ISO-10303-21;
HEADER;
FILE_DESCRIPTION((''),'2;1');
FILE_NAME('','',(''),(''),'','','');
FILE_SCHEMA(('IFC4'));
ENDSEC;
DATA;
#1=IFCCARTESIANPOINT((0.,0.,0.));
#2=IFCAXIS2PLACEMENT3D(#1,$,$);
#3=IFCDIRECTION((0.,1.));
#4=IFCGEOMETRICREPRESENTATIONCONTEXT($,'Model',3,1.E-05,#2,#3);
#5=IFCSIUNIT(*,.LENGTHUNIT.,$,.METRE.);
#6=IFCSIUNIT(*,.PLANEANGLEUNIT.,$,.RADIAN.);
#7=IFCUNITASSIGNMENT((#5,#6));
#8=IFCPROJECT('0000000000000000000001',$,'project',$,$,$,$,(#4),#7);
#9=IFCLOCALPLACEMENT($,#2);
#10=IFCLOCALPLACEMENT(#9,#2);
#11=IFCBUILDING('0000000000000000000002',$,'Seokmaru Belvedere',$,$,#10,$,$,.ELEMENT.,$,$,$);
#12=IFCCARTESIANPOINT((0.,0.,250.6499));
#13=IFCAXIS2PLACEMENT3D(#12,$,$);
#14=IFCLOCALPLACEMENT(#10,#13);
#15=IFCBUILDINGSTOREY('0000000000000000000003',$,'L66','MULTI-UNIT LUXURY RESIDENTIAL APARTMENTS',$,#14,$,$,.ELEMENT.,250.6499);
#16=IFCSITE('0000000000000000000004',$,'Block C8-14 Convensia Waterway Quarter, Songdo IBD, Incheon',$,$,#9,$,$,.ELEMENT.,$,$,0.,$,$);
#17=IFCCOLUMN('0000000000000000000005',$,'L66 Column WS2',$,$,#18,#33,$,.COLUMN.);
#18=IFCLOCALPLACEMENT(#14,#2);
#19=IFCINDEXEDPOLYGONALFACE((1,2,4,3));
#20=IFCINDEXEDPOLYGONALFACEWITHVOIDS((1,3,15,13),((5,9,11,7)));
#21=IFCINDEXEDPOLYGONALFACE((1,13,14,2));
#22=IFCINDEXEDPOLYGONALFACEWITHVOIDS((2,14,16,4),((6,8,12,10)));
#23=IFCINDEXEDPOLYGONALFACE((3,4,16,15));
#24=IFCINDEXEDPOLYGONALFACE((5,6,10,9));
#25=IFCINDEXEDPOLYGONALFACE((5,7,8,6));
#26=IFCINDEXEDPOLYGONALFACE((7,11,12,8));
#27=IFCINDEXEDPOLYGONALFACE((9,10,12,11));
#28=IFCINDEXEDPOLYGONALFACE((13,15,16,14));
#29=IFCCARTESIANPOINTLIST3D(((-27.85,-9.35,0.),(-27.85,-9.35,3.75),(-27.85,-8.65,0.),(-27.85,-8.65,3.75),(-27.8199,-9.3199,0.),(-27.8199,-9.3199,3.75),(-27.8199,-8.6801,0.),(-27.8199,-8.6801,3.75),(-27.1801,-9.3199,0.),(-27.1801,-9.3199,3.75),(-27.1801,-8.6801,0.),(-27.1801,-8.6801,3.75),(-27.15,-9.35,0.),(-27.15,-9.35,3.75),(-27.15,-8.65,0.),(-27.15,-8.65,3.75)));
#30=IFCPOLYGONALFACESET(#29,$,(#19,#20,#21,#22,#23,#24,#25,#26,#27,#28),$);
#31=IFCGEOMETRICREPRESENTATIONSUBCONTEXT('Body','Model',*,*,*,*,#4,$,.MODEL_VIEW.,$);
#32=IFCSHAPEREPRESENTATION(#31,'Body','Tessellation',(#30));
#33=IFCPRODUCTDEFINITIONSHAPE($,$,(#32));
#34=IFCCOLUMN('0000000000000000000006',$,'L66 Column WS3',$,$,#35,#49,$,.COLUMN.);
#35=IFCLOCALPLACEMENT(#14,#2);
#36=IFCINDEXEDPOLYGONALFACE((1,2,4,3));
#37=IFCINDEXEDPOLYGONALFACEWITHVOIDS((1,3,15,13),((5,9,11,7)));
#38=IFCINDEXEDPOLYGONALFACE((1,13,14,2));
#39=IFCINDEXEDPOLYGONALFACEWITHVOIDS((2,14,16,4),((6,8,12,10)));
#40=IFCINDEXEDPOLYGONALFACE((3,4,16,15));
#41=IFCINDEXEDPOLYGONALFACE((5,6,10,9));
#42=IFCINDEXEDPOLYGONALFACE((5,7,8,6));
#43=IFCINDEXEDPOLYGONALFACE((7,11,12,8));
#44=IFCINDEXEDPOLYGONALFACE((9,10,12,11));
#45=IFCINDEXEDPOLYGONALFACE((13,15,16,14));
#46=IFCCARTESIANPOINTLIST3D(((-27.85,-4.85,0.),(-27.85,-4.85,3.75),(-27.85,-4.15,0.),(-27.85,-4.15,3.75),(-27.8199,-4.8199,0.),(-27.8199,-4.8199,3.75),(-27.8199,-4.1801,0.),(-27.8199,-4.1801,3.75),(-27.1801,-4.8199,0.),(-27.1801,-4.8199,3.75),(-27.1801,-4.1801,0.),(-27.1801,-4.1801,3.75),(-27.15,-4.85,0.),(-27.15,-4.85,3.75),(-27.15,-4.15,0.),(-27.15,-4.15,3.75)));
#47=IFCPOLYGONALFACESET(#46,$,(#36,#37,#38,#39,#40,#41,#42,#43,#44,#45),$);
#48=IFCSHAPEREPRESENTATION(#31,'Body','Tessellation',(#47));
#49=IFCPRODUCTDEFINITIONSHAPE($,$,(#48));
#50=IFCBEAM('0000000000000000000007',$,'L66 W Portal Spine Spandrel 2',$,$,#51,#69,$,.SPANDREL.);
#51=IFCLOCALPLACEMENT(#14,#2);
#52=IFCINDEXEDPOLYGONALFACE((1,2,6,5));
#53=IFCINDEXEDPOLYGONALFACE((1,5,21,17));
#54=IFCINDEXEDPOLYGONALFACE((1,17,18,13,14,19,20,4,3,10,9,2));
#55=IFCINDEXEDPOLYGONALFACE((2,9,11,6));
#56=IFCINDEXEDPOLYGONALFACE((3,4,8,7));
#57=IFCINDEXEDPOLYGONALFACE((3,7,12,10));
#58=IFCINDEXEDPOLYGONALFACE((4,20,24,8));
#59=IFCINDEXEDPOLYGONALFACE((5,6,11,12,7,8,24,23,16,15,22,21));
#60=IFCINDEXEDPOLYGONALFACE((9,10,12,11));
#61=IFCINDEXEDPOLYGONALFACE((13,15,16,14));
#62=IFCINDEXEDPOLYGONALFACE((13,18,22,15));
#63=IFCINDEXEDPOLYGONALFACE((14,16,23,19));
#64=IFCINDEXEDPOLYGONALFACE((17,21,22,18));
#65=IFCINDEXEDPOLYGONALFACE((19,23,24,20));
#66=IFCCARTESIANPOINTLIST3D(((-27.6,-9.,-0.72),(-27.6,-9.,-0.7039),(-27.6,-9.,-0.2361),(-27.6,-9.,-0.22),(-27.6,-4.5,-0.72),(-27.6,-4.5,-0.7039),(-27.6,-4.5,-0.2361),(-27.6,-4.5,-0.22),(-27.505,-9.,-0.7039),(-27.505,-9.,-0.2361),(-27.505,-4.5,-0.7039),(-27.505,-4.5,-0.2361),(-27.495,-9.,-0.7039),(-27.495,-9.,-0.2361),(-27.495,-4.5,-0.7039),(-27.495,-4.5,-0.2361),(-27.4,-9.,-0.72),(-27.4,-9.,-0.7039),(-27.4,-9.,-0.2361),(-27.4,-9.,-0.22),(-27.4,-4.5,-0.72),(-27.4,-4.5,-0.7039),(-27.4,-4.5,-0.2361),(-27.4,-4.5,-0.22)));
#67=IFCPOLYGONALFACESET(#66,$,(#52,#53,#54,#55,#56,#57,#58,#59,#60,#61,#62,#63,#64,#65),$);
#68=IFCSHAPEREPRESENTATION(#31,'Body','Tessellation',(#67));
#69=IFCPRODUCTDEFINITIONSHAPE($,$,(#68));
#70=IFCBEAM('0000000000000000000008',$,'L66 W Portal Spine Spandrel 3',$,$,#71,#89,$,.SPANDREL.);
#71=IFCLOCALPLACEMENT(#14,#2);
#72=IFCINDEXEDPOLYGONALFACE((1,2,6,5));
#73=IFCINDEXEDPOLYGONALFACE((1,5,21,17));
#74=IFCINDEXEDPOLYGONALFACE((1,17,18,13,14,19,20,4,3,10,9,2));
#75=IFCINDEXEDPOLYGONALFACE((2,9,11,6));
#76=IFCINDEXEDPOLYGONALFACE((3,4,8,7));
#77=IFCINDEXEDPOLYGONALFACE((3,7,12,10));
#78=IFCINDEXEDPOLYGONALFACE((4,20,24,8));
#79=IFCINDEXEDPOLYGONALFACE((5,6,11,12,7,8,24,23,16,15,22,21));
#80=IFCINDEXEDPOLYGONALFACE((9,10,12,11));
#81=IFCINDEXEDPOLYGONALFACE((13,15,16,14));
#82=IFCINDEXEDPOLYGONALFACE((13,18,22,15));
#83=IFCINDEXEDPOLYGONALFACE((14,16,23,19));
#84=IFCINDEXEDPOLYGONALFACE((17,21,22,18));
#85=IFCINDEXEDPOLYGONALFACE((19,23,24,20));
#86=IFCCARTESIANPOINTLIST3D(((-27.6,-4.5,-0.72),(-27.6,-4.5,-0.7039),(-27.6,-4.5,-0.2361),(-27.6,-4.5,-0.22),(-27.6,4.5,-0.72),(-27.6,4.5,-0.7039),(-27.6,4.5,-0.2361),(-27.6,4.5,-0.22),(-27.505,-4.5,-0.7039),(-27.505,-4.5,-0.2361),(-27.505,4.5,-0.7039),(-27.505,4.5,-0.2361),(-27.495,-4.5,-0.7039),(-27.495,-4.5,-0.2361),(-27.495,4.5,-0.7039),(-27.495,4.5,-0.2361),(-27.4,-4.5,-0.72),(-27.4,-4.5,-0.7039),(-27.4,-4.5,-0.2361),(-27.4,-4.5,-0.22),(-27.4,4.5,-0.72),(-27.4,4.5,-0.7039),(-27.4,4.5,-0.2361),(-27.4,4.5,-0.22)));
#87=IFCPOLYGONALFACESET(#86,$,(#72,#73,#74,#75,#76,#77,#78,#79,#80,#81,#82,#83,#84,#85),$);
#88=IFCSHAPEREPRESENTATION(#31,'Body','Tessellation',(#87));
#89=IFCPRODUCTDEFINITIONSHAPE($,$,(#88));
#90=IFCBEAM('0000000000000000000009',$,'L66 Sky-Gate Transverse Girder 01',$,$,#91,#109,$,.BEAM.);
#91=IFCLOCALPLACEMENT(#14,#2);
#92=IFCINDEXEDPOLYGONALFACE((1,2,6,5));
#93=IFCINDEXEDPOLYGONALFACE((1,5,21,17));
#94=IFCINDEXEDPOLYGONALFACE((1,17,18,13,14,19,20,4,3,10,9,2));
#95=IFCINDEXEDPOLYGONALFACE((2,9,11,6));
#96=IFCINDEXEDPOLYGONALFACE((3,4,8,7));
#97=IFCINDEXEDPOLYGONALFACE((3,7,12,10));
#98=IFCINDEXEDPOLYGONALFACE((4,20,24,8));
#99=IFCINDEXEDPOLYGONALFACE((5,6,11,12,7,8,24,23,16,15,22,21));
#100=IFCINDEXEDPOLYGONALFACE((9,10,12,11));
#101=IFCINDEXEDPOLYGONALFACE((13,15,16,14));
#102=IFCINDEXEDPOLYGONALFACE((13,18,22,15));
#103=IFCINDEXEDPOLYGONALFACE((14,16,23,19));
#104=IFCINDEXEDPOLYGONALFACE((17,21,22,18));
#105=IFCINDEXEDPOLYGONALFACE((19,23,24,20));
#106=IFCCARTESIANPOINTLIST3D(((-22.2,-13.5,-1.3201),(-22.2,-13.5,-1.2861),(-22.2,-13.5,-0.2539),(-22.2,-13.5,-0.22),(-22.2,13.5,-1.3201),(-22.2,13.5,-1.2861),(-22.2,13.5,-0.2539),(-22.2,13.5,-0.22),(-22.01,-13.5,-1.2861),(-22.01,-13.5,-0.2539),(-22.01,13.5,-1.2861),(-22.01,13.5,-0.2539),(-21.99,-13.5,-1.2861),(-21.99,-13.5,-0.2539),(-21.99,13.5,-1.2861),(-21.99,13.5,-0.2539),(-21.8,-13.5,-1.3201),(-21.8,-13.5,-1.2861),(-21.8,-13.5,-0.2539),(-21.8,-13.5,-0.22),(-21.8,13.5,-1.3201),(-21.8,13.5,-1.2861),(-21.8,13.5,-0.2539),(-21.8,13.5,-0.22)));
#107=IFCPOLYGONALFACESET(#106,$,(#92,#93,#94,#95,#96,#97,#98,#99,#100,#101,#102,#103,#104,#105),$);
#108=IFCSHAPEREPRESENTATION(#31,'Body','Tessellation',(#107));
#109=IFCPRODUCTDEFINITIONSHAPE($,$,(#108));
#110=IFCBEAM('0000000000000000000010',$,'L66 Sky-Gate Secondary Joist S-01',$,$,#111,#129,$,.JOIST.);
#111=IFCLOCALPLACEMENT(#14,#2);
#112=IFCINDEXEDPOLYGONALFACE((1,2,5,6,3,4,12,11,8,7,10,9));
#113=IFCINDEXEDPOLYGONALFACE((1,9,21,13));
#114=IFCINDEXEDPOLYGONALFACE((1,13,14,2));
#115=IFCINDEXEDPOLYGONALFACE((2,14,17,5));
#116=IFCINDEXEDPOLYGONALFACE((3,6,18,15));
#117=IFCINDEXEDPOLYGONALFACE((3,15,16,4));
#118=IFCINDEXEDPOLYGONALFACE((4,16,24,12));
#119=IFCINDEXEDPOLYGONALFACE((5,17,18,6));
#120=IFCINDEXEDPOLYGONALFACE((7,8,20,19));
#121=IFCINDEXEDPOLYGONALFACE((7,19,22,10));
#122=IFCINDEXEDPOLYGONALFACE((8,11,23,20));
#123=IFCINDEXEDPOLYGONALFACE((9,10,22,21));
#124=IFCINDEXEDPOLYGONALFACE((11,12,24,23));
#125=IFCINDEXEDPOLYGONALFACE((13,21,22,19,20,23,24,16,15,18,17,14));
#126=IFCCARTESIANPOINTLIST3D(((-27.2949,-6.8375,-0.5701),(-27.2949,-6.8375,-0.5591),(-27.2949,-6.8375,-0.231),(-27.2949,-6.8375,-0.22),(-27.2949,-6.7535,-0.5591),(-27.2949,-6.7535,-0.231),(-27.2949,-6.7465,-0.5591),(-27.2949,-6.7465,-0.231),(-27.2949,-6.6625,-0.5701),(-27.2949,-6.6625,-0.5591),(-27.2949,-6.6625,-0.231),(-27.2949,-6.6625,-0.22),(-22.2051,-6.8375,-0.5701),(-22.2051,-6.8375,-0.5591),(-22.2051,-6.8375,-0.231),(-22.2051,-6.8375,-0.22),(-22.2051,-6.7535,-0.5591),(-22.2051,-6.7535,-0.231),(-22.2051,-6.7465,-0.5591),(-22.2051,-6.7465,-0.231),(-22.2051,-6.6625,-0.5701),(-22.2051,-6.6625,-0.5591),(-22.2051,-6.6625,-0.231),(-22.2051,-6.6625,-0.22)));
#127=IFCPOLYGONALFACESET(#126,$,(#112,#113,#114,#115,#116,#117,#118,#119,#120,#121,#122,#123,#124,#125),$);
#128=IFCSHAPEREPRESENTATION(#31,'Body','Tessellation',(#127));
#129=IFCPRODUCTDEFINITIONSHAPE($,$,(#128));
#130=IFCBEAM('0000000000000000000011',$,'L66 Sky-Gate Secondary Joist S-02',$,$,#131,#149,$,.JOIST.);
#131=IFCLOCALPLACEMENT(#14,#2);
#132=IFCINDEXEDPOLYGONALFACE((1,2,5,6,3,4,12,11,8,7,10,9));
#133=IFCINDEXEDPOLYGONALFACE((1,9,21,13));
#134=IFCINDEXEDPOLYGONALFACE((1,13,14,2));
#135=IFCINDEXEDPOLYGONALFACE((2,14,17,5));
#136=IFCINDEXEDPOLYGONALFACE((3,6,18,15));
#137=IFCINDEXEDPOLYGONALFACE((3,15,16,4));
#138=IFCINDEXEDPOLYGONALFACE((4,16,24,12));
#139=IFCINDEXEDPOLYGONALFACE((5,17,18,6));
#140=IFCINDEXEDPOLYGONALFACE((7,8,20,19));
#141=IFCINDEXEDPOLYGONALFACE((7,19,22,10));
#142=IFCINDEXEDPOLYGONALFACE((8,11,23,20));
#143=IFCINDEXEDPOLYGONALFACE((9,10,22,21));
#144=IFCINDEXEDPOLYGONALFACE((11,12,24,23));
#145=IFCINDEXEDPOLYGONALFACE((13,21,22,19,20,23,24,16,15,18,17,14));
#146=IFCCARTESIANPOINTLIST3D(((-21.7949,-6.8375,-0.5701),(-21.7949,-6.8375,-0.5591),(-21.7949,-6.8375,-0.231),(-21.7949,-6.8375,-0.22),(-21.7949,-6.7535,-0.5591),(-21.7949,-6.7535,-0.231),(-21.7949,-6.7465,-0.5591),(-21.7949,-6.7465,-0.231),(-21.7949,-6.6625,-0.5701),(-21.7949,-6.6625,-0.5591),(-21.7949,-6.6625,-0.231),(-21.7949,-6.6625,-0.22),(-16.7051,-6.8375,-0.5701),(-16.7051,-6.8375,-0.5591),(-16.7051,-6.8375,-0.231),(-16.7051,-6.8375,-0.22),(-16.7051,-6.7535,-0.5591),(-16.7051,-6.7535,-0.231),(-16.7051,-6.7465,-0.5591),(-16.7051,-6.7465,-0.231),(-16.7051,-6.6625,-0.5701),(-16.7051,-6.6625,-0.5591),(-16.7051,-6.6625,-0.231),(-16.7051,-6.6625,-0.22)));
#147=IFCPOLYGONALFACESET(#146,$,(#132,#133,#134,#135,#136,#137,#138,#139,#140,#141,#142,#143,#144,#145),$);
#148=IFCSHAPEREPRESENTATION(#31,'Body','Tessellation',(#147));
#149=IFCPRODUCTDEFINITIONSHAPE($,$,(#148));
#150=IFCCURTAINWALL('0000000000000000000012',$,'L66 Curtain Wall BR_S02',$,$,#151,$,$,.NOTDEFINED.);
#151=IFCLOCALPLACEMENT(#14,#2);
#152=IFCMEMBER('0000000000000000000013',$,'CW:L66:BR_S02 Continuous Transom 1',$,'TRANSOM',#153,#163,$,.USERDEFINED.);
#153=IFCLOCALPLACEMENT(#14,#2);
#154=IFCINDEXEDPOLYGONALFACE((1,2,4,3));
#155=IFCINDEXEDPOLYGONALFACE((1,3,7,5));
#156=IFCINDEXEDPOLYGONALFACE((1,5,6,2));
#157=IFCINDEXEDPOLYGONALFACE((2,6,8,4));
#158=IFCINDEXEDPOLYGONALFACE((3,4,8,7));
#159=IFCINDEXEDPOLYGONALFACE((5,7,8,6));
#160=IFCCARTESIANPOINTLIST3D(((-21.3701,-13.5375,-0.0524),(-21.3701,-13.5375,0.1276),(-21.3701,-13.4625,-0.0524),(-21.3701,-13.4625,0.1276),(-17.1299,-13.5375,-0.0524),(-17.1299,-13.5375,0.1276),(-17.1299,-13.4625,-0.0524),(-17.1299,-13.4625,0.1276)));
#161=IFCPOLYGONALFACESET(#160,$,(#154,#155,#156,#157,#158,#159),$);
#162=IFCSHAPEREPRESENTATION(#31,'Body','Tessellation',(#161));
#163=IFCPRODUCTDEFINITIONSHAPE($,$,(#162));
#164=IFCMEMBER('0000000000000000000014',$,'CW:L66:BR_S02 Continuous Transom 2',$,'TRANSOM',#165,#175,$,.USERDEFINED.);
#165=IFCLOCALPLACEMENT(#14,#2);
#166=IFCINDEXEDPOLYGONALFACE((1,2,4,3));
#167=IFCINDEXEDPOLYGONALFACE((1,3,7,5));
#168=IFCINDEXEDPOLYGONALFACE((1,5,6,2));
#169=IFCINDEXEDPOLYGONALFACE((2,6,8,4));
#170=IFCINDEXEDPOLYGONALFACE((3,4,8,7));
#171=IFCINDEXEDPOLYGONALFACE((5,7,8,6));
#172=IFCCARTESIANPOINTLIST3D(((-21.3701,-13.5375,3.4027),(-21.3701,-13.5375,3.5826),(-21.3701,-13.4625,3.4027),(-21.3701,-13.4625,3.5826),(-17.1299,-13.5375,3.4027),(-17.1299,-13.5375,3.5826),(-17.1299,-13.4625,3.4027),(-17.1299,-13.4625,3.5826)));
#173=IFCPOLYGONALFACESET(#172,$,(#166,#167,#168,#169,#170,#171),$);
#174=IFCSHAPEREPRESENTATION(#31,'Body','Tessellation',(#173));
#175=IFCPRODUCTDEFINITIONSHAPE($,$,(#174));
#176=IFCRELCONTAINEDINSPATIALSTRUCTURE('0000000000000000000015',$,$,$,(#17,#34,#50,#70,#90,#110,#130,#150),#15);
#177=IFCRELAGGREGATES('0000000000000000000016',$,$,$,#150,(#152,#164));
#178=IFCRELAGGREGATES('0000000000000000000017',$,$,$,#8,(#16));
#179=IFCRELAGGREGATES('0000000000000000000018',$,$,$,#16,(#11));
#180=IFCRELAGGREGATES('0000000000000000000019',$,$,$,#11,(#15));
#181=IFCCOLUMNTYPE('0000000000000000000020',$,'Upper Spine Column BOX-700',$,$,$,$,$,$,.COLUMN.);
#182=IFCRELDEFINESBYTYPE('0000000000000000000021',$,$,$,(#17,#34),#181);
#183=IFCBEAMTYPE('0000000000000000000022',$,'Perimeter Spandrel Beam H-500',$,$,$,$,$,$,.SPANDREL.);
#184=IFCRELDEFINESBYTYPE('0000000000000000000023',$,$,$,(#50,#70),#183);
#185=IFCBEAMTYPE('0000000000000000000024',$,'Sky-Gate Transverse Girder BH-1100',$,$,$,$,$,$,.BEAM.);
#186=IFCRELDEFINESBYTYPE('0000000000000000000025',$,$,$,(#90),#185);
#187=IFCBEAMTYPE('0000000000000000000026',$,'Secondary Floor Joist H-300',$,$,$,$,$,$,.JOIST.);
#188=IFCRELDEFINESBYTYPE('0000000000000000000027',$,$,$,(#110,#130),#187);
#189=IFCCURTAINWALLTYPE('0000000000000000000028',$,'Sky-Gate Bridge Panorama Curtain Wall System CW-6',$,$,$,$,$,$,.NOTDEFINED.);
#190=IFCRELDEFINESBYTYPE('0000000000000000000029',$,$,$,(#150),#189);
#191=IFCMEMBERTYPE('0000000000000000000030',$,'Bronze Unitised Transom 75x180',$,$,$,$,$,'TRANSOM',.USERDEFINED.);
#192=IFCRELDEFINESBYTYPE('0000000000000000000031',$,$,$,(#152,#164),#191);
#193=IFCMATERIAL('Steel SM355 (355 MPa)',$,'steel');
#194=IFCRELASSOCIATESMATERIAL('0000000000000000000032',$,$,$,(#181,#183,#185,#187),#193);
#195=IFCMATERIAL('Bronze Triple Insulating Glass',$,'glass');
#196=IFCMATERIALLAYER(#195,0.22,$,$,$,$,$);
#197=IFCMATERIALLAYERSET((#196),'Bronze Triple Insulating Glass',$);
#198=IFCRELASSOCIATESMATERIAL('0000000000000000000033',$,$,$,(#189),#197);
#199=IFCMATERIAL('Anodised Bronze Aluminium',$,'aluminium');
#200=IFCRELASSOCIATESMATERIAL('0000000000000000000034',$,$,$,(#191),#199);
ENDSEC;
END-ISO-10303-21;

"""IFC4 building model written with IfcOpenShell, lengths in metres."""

from ifc_helpers import new_model, si_unit, direction, frame, origin, origin_2d, place, context, subcontext, project, spatial, rectangle, hollow_rectangle, i_section, extrude, source, transform, mapped, material, layer, layer_set, material_profile, profile_set, type_object, type_shapes, element, aggregate, save


model = new_model("IFC4")

# Units and contexts
model_context = context("Model", 3, precision=1e-05, world=origin(), true_north=direction((0.0, 1.0)))
body_context = subcontext(model_context, "Body", "Model", "MODEL_VIEW")
ifc_project = project(units=[si_unit("LENGTHUNIT", "METRE"), si_unit("PLANEANGLEUNIT", "RADIAN")], contexts=[model_context])

# Site, building, storey
site_placement = place(None, origin())
site = spatial("IfcSite", under=ifc_project, at=site_placement, Name="Block C8-14 Convensia Waterway Quarter, Songdo IBD, Incheon", CompositionType="ELEMENT", RefElevation=0.0)
building_placement = place(site_placement, origin())
building = spatial("IfcBuilding", under=site, at=building_placement, Name="Seokmaru Belvedere", CompositionType="ELEMENT")
storey_placement = place(building_placement, frame((0.0, 0.0, 250.6499)))
storey = spatial("IfcBuildingStorey", under=building, at=storey_placement, Name="L66", Description="MULTI-UNIT LUXURY RESIDENTIAL APARTMENTS", CompositionType="ELEMENT", Elevation=250.6499)

# Columns
ifc_material_1 = material(Name="Steel SM355 (355 MPa)", Category="steel")
ifc_material_profile_1 = material_profile(ifc_material_1, hollow_rectangle(XDim=0.7, YDim=0.7, WallThickness=0.03, at=origin_2d()), Name="BOX-700x700x30")
ifc_profile_set_1 = profile_set([ifc_material_profile_1], Name="Steel SM355 (355 MPa)")
column_type = type_object("IfcColumnType", Name="Upper Spine Column BOX-700", PredefinedType="COLUMN", material=ifc_profile_set_1)
shared_shape_1 = source(origin(), body_context, "Body", "SweptSolid", [
    extrude(hollow_rectangle(XDim=0.7, YDim=0.7, WallThickness=0.03, at=origin_2d()), origin(), (0.0, 0.0, 1.0), 3.75),
])
type_shapes(column_type, [shared_shape_1])
for number, where, z_axis, x_axis, name in (
    (1, (-27.5, -9.0, 0.0), (0.0, 0.0, 1.0), (1.0, 0.0, 0.0), "L66 Column WS2"),
    (2, (-27.5, -4.5, 0.0), (0.0, 0.0, 1.0), (1.0, 0.0, 0.0), "L66 Column WS3"),
):
    element("IfcColumn", number, at=place(storey_placement, frame(where, z_axis=z_axis, x_axis=x_axis)), inside=storey, type_object=column_type, Name=name, PredefinedType="COLUMN", context=body_context, shape_type="MappedRepresentation", body=[
        mapped(shared_shape_1, transform((0.0, 0.0, 0.0), scale=1.0)),
    ])

# Beams
ifc_material_profile_2 = material_profile(ifc_material_1, i_section(OverallWidth=0.2, OverallDepth=0.5, WebThickness=0.01, FlangeThickness=0.0161, at=origin_2d()), Name="H-500x200x10x16")
ifc_profile_set_2 = profile_set([ifc_material_profile_2], Name="Steel SM355 (355 MPa)")
beam_type_1 = type_object("IfcBeamType", Name="Perimeter Spandrel Beam H-500", PredefinedType="SPANDREL", material=ifc_profile_set_2)
shared_shape_2 = source(origin(), body_context, "Body", "SweptSolid", [
    extrude(i_section(OverallWidth=0.2, OverallDepth=0.5, WebThickness=0.01, FlangeThickness=0.0161, at=origin_2d()), origin(), (0.0, 0.0, 1.0), 4.5),
])
beam_1_placement = place(storey_placement, frame((-27.5, -9.0, -0.47), z_axis=(0.0, 1.0, 0.0), x_axis=(-1.0, 0.0, 0.0)))
element("IfcBeam", 3, at=beam_1_placement, inside=storey, type_object=beam_type_1, Name="L66 W Portal Spine Spandrel 2", PredefinedType="SPANDREL", context=body_context, shape_type="MappedRepresentation", body=[
    mapped(shared_shape_2, transform((0.0, 0.0, 0.0), scale=1.0)),
])
shared_shape_3 = source(origin(), body_context, "Body", "SweptSolid", [
    extrude(i_section(OverallWidth=0.2, OverallDepth=0.5, WebThickness=0.01, FlangeThickness=0.0161, at=origin_2d()), origin(), (0.0, 0.0, 1.0), 9.0),
])
type_shapes(beam_type_1, [shared_shape_2, shared_shape_3])
beam_2_placement = place(storey_placement, frame((-27.5, -4.5, -0.47), z_axis=(0.0, 1.0, 0.0), x_axis=(-1.0, 0.0, 0.0)))
element("IfcBeam", 4, at=beam_2_placement, inside=storey, type_object=beam_type_1, Name="L66 W Portal Spine Spandrel 3", PredefinedType="SPANDREL", context=body_context, shape_type="MappedRepresentation", body=[
    mapped(shared_shape_3, transform((0.0, 0.0, 0.0), scale=1.0)),
])
ifc_material_profile_3 = material_profile(ifc_material_1, i_section(OverallWidth=0.3999, OverallDepth=1.1001, WebThickness=0.02, FlangeThickness=0.0339, at=origin_2d()), Name="BH-1100x400x20x34")
ifc_profile_set_3 = profile_set([ifc_material_profile_3], Name="Steel SM355 (355 MPa)")
beam_type_2 = type_object("IfcBeamType", Name="Sky-Gate Transverse Girder BH-1100", PredefinedType="BEAM", material=ifc_profile_set_3)
shared_shape_4 = source(origin(), body_context, "Body", "SweptSolid", [
    extrude(i_section(OverallWidth=0.3999, OverallDepth=1.1001, WebThickness=0.02, FlangeThickness=0.0339, at=origin_2d()), origin(), (0.0, 0.0, 1.0), 27.0),
])
type_shapes(beam_type_2, [shared_shape_4])
beam_3_placement = place(storey_placement, frame((-22.0, -13.5, -0.77), z_axis=(0.0, 1.0, 0.0), x_axis=(-1.0, 0.0, 0.0)))
element("IfcBeam", 5, at=beam_3_placement, inside=storey, type_object=beam_type_2, Name="L66 Sky-Gate Transverse Girder 01", PredefinedType="BEAM", context=body_context, shape_type="MappedRepresentation", body=[
    mapped(shared_shape_4, transform((0.0, 0.0, 0.0), scale=1.0)),
])
ifc_material_profile_4 = material_profile(ifc_material_1, i_section(OverallWidth=0.175, OverallDepth=0.3501, WebThickness=0.0071, FlangeThickness=0.011, at=origin_2d()), Name="H-350x175x7x11")
ifc_profile_set_4 = profile_set([ifc_material_profile_4], Name="Steel SM355 (355 MPa)")
beam_type_3 = type_object("IfcBeamType", Name="Secondary Floor Joist H-300", PredefinedType="JOIST", material=ifc_profile_set_4)
shared_shape_5 = source(origin(), body_context, "Body", "SweptSolid", [
    extrude(i_section(OverallWidth=0.175, OverallDepth=0.3501, WebThickness=0.0071, FlangeThickness=0.011, at=origin_2d()), origin(), (0.0, 0.0, 1.0), 5.0898),
])
type_shapes(beam_type_3, [shared_shape_5])
for number, where, z_axis, x_axis, name in (
    (6, (-27.2949, -6.75, -0.395), (1.0, 0.0, 0.0), (0.0, 1.0, 0.0), "L66 Sky-Gate Secondary Joist S-01"),
    (7, (-21.7949, -6.75, -0.395), (1.0, 0.0, 0.0), (0.0, 1.0, 0.0), "L66 Sky-Gate Secondary Joist S-02"),
):
    element("IfcBeam", number, at=place(storey_placement, frame(where, z_axis=z_axis, x_axis=x_axis)), inside=storey, type_object=beam_type_3, Name=name, PredefinedType="JOIST", context=body_context, shape_type="MappedRepresentation", body=[
        mapped(shared_shape_5, transform((0.0, 0.0, 0.0), scale=1.0)),
    ])

# Curtain wall, members
ifc_material_2 = material(Name="Bronze Triple Insulating Glass", Category="glass")
ifc_layer_1 = layer(ifc_material_2, 0.22)
ifc_layer_set_1 = layer_set([ifc_layer_1], Name="Bronze Triple Insulating Glass")
curtain_wall_type = type_object("IfcCurtainWallType", Name="Sky-Gate Bridge Panorama Curtain Wall System CW-6", PredefinedType="NOTDEFINED", material=ifc_layer_set_1)
curtain_wall_placement = place(storey_placement, origin())
curtain_wall = element("IfcCurtainWall", 8, at=curtain_wall_placement, inside=storey, type_object=curtain_wall_type, Name="L66 Curtain Wall BR_S02", PredefinedType="NOTDEFINED")
ifc_material_3 = material(Name="Anodised Bronze Aluminium", Category="aluminium")
ifc_material_profile_5 = material_profile(ifc_material_3, rectangle(XDim=0.075, YDim=0.1799, at=origin_2d()), Name="CW-T-75x180")
ifc_profile_set_5 = profile_set([ifc_material_profile_5], Name="Anodised Bronze Aluminium")
member_type_1 = type_object("IfcMemberType", Name="Bronze Unitised Transom 75x180", ElementType="TRANSOM", PredefinedType="USERDEFINED", material=ifc_profile_set_5)
shared_shape_6 = source(origin(), body_context, "Body", "SweptSolid", [
    extrude(rectangle(XDim=0.075, YDim=0.1799, at=origin_2d()), origin(), (0.0, 0.0, 1.0), 4.2402),
])
type_shapes(member_type_1, [shared_shape_6])
member_1_placement = place(storey_placement, frame((-21.3701, -13.5, 0.0376), z_axis=(1.0, 0.0, 0.0), x_axis=(0.0, 1.0, 0.0)))
member_1 = element("IfcMember", 9, at=member_1_placement, type_object=member_type_1, Name="CW:L66:BR_S02 Continuous Transom 1", ObjectType="TRANSOM", PredefinedType="USERDEFINED", context=body_context, shape_type="MappedRepresentation", body=[
    mapped(shared_shape_6, transform((0.0, 0.0, 0.0), scale=1.0)),
])
member_2_placement = place(storey_placement, frame((-21.3701, -13.5, 3.4927), z_axis=(1.0, 0.0, 0.0), x_axis=(0.0, 1.0, 0.0)))
member_2 = element("IfcMember", 10, at=member_2_placement, type_object=member_type_1, Name="CW:L66:BR_S02 Continuous Transom 2", ObjectType="TRANSOM", PredefinedType="USERDEFINED", context=body_context, shape_type="MappedRepresentation", body=[
    mapped(shared_shape_6, transform((0.0, 0.0, 0.0), scale=1.0)),
])
aggregate(curtain_wall, [member_1, member_2])

save(model, "model.ifc")
